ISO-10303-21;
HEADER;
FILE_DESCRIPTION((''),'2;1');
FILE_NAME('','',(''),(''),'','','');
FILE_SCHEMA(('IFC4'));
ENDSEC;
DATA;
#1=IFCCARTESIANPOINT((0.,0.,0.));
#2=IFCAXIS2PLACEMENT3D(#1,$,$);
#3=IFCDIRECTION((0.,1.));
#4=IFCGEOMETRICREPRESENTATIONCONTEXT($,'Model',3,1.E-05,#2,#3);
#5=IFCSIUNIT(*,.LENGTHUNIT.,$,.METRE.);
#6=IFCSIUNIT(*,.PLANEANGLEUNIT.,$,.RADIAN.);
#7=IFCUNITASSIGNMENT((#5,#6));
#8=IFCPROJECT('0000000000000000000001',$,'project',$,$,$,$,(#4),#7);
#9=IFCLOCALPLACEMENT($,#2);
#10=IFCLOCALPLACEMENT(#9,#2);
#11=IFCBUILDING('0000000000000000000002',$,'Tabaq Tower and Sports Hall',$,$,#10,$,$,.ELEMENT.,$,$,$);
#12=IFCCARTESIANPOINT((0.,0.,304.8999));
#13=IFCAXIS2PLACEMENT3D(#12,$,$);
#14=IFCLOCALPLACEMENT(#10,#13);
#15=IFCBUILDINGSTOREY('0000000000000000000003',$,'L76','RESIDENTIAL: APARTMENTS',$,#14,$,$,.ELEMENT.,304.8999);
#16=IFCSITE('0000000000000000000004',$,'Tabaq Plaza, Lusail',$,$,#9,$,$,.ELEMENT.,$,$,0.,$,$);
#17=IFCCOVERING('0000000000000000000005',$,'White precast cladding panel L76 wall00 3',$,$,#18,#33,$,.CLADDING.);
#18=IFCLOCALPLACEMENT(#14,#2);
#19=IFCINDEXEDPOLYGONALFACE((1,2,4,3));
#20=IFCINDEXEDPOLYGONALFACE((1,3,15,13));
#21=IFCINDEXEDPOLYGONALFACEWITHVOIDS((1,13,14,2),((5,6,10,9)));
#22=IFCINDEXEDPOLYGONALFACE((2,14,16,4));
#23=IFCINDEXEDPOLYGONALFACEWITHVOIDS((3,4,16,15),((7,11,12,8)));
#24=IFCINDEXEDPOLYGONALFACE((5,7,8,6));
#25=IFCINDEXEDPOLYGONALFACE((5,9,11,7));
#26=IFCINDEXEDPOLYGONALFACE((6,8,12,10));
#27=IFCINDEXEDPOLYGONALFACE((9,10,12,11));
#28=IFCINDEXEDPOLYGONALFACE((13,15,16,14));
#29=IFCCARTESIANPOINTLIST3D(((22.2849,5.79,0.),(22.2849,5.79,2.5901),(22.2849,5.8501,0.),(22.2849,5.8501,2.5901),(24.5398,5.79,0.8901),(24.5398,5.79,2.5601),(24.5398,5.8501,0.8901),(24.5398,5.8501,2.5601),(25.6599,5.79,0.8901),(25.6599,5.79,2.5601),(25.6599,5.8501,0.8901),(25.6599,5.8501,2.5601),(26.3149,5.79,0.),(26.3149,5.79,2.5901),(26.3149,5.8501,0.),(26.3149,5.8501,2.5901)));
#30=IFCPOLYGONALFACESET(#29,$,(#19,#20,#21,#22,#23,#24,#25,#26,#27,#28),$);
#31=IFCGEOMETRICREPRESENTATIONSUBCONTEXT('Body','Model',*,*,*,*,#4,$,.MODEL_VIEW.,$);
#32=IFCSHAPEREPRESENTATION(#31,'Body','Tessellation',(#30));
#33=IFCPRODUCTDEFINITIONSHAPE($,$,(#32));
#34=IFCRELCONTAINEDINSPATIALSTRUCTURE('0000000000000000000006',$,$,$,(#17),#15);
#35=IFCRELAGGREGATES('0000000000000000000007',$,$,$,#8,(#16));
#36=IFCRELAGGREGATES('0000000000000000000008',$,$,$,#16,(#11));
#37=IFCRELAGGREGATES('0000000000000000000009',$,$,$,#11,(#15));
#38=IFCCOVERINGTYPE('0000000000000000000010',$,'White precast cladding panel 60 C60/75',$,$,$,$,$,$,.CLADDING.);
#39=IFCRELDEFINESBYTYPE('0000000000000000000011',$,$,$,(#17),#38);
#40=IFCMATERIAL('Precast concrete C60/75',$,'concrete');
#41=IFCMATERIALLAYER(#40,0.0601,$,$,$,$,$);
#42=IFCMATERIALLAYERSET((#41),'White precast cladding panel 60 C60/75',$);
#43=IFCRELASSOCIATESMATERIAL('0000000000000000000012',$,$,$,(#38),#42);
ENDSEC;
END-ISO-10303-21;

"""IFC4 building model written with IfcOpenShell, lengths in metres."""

from ifc_helpers import new_model, si_unit, direction, frame, origin, place, context, subcontext, project, spatial, polyline, outline, extrude, material, layer, layer_set, type_object, element, save


model = new_model("IFC4")

# Units and contexts
model_context = context("Model", 3, precision=1e-05, world=origin(), true_north=direction((0.0, 1.0)))
body_context = subcontext(model_context, "Body", "Model", "MODEL_VIEW")
ifc_project = project(units=[si_unit("LENGTHUNIT", "METRE"), si_unit("PLANEANGLEUNIT", "RADIAN")], contexts=[model_context])

# Site, building, storey
site_placement = place(None, origin())
site = spatial("IfcSite", under=ifc_project, at=site_placement, Name="Tabaq Plaza, Lusail", CompositionType="ELEMENT", RefElevation=0.0)
building_placement = place(site_placement, origin())
building = spatial("IfcBuilding", under=site, at=building_placement, Name="Tabaq Tower and Sports Hall", CompositionType="ELEMENT")
storey_placement = place(building_placement, frame((0.0, 0.0, 304.8999)))
storey = spatial("IfcBuildingStorey", under=building, at=storey_placement, Name="L76", Description="RESIDENTIAL: APARTMENTS", CompositionType="ELEMENT", Elevation=304.8999)

# Covering
ifc_material_1 = material(Name="Precast concrete C60/75", Category="concrete")
ifc_layer_1 = layer(ifc_material_1, 0.0601)
ifc_layer_set_1 = layer_set([ifc_layer_1], Name="White precast cladding panel 60 C60/75")
covering_type = type_object("IfcCoveringType", Name="White precast cladding panel 60 C60/75", PredefinedType="CLADDING", material=ifc_layer_set_1)
covering_1_placement = place(storey_placement, frame((22.2849, 5.8201, 0.0), z_axis=(0.0, 0.0, 1.0), x_axis=(1.0, 0.0, 0.0)))
element("IfcCovering", 1, at=covering_1_placement, inside=storey, type_object=covering_type, Name="White precast cladding panel L76 wall00 3", PredefinedType="CLADDING", context=body_context, shape_type="SweptSolid", body=[
    extrude(outline(polyline([(0.0, 0.0), (4.03, 0.0), (4.03, 2.5901), (0.0, 2.5901), (0.0, 0.0)]), holes=[polyline([(3.375, 0.8901), (2.2549, 0.8901), (2.2549, 2.5601), (3.375, 2.5601), (3.375, 0.8901)])]), frame((0.0, 0.03, 0.0), z_axis=(0.0, -1.0, 0.0), x_axis=(1.0, 0.0, 0.0)), (0.0, 0.0, 1.0), 0.0601),
])

save(model, "model.ifc")
